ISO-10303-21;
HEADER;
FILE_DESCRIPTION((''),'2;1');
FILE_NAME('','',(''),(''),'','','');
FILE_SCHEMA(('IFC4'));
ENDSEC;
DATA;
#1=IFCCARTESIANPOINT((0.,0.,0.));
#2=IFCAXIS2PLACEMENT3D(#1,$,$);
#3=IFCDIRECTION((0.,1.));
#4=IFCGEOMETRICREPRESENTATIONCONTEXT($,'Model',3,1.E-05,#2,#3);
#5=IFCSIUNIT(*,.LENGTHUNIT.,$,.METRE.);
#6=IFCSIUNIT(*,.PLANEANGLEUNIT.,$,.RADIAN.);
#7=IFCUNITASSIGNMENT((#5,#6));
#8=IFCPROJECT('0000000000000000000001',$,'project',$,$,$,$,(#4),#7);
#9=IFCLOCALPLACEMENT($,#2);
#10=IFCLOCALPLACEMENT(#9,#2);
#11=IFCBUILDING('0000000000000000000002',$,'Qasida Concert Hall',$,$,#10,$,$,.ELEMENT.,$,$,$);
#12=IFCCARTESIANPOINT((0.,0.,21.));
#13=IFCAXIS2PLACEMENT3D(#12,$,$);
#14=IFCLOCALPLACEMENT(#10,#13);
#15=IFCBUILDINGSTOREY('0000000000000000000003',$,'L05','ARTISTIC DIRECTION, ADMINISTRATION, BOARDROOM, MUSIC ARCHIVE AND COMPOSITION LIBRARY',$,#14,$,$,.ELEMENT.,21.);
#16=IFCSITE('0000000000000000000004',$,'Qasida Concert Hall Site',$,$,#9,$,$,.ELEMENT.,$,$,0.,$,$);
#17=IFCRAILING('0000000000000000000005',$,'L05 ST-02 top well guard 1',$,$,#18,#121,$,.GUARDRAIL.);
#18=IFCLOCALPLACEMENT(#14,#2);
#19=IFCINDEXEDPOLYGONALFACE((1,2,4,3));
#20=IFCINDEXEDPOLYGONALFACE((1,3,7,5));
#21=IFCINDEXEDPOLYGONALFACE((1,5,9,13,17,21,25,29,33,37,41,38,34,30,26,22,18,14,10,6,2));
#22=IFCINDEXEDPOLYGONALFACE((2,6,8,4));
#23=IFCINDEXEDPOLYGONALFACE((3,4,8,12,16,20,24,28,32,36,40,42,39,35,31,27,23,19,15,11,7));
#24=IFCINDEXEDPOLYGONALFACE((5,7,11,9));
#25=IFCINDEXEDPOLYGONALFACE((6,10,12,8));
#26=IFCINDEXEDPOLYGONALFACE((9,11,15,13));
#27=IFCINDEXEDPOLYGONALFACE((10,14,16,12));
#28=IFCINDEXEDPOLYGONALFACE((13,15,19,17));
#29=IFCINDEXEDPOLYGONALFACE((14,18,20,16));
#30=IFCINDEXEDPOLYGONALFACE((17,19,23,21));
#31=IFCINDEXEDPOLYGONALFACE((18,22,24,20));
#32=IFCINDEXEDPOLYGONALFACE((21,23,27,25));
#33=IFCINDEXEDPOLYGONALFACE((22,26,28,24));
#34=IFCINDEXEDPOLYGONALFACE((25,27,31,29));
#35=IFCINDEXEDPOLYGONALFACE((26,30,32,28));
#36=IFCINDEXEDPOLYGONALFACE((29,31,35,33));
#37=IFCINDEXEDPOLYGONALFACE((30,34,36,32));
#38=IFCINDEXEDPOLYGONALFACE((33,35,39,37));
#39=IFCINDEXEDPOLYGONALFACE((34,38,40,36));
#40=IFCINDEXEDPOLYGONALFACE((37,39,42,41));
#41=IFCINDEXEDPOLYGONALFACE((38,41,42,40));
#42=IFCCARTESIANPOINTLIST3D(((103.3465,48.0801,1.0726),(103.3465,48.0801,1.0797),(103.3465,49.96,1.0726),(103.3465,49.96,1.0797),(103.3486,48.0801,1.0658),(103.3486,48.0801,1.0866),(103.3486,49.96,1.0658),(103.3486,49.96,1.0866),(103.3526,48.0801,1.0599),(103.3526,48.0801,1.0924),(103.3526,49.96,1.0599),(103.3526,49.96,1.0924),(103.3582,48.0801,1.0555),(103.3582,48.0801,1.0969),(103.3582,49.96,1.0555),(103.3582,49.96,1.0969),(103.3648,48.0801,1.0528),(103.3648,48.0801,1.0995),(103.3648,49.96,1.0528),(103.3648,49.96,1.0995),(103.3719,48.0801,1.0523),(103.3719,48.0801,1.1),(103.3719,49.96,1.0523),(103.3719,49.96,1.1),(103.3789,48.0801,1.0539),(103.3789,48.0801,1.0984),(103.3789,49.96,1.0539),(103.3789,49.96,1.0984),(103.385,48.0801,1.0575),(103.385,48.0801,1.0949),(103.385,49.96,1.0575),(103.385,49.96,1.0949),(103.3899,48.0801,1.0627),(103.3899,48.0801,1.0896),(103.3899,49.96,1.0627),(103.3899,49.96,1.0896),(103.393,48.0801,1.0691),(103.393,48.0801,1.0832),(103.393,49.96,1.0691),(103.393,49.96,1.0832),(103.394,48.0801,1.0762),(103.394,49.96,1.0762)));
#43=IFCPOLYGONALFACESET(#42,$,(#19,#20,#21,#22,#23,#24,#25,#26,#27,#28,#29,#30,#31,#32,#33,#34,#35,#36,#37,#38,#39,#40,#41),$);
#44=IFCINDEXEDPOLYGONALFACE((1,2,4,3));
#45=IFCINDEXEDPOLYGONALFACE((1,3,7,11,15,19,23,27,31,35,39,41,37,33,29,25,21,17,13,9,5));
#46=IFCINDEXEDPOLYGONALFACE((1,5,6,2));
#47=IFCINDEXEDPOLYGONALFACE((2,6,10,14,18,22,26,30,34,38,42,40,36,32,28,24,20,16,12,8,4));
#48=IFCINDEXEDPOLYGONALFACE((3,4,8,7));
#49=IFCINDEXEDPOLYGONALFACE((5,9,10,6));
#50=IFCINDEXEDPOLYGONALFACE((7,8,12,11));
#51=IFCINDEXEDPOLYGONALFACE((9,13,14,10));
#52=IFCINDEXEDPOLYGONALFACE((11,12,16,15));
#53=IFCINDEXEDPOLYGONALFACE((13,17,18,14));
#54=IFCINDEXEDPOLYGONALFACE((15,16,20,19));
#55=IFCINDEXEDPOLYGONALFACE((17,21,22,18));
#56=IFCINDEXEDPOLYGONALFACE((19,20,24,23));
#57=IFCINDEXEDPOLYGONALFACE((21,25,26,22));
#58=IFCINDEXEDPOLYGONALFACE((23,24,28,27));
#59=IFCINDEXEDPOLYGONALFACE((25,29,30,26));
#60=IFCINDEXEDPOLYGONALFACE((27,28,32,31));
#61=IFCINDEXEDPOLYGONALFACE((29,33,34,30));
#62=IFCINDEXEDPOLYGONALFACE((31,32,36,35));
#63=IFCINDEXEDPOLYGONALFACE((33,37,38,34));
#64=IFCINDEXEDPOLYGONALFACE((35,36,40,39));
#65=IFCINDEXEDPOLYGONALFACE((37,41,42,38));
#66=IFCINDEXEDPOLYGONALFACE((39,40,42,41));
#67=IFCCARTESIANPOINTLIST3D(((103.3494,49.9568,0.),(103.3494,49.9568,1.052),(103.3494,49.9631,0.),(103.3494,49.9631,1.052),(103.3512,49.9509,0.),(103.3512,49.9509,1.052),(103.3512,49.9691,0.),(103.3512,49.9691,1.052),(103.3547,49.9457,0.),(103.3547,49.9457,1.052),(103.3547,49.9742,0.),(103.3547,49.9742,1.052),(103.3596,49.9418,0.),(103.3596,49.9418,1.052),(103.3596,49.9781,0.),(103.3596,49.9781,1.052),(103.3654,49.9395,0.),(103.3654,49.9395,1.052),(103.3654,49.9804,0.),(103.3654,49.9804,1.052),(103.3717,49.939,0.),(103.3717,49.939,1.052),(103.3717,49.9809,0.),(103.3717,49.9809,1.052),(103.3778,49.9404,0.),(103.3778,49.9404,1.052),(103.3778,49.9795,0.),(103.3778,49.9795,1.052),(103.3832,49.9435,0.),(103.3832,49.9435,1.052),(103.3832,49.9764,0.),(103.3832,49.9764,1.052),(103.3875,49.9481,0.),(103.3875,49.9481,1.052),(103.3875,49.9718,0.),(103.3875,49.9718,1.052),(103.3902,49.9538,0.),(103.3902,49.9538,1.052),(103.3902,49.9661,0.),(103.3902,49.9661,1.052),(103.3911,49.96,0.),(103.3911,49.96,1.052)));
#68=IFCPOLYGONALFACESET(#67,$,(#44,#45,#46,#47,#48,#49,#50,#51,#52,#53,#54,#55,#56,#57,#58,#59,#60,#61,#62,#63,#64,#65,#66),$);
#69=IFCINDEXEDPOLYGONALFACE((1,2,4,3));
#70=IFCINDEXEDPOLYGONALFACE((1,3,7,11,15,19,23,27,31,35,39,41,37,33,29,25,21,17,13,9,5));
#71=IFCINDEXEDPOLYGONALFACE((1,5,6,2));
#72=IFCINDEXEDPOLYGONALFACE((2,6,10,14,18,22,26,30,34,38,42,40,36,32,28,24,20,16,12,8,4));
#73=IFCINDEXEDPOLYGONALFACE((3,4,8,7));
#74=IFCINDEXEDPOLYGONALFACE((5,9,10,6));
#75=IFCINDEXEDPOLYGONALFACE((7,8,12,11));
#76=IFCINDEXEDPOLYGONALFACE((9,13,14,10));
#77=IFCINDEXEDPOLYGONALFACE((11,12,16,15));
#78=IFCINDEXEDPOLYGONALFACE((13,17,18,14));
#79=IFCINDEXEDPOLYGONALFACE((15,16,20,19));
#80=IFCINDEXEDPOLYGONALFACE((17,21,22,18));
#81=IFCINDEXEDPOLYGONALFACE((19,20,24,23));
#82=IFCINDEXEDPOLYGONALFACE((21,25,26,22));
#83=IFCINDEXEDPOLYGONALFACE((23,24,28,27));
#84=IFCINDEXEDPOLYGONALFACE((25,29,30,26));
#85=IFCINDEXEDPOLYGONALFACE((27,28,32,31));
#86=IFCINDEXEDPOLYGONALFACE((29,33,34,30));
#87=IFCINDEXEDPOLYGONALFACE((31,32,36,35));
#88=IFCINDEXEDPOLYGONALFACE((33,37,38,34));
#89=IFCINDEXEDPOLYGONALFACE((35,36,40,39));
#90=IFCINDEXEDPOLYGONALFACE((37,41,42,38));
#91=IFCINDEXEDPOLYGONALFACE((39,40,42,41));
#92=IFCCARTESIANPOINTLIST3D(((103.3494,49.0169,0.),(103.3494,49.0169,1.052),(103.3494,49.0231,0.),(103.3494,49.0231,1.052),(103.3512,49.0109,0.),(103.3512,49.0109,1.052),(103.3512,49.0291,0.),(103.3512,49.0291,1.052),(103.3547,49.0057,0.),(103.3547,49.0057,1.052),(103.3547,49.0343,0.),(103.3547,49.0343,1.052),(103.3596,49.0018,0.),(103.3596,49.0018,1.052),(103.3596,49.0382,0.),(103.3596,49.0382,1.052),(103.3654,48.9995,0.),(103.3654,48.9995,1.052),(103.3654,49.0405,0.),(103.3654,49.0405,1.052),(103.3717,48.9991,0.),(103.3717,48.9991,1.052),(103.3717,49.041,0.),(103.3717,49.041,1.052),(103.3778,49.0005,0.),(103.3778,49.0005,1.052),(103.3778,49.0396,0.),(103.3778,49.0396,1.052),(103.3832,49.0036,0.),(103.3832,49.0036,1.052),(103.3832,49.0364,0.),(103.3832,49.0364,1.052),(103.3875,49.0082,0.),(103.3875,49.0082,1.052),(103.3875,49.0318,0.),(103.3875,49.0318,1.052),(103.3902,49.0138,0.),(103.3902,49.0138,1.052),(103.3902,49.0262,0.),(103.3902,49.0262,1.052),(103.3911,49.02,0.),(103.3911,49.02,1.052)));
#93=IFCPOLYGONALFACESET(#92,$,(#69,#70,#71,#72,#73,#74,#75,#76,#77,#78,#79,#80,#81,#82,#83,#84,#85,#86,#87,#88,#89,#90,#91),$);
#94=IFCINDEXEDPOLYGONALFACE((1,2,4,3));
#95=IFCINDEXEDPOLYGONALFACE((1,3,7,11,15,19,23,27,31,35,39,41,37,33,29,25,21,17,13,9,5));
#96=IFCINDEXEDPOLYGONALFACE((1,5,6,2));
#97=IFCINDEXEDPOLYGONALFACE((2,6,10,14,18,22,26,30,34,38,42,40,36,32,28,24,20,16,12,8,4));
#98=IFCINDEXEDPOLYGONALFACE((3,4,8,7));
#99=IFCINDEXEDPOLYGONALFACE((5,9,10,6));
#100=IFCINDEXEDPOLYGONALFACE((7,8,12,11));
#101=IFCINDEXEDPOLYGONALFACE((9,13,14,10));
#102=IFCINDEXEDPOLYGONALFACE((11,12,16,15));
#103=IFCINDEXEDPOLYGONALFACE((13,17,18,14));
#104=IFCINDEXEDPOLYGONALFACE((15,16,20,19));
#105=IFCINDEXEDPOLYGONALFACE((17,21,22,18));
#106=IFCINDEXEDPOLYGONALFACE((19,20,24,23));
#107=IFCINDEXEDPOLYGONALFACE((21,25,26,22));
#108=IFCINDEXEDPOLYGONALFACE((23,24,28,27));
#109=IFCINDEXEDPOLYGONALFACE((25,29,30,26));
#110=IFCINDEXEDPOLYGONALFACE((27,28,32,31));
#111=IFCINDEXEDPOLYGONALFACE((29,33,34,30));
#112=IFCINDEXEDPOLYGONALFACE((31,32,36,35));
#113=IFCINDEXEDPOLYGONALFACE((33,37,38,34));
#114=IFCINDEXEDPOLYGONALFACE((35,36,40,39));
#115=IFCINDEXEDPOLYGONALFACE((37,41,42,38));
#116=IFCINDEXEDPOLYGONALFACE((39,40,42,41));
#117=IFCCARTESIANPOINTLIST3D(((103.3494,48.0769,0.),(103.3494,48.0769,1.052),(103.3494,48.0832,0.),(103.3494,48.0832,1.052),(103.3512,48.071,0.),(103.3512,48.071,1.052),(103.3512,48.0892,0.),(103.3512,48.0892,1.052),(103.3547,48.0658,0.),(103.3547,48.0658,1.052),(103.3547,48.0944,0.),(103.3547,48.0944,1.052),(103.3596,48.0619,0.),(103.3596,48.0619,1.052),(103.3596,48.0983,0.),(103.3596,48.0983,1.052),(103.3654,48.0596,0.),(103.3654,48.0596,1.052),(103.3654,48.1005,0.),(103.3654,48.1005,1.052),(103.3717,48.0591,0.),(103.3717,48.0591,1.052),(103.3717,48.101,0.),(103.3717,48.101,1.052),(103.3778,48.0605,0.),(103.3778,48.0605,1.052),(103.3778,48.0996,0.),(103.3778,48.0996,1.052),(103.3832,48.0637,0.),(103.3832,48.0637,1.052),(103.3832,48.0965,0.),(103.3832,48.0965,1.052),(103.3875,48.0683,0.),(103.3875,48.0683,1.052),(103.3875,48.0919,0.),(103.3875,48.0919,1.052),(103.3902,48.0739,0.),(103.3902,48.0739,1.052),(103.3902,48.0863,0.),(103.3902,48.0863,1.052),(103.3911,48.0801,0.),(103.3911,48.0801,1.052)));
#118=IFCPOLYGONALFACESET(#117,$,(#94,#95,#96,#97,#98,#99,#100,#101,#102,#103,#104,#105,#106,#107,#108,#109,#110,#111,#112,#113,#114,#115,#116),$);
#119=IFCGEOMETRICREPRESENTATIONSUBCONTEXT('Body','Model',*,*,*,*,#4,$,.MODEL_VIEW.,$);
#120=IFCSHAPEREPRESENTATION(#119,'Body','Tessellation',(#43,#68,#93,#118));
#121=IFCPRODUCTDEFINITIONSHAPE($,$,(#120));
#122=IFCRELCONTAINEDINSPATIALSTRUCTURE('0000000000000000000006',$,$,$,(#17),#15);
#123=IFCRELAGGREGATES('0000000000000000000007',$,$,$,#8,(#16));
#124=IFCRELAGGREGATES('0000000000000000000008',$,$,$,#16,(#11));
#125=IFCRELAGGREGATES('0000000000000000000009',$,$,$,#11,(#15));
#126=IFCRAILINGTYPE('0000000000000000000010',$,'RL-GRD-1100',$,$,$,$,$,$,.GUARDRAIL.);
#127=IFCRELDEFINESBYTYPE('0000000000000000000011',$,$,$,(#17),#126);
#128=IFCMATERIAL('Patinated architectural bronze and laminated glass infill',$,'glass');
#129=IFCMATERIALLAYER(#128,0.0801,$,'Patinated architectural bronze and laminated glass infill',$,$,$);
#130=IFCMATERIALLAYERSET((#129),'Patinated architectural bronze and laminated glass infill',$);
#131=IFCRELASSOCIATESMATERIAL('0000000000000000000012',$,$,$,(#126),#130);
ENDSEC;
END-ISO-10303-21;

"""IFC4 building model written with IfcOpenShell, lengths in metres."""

from ifc_helpers import new_model, si_unit, direction, frame, origin, origin_2d, place, context, subcontext, project, spatial, circle, extrude, material, layer, layer_set, type_object, element, save


model = new_model("IFC4")

# Units and contexts
model_context = context("Model", 3, precision=1e-05, world=origin(), true_north=direction((0.0, 1.0)))
body_context = subcontext(model_context, "Body", "Model", "MODEL_VIEW")
ifc_project = project(units=[si_unit("LENGTHUNIT", "METRE"), si_unit("PLANEANGLEUNIT", "RADIAN")], contexts=[model_context])

# Site, building, storey
site_placement = place(None, origin())
site = spatial("IfcSite", under=ifc_project, at=site_placement, Name="Qasida Concert Hall Site", CompositionType="ELEMENT", RefElevation=0.0)
building_placement = place(site_placement, origin())
building = spatial("IfcBuilding", under=site, at=building_placement, Name="Qasida Concert Hall", CompositionType="ELEMENT")
storey_placement = place(building_placement, frame((0.0, 0.0, 21.0)))
storey = spatial("IfcBuildingStorey", under=building, at=storey_placement, Name="L05", Description="ARTISTIC DIRECTION, ADMINISTRATION, BOARDROOM, MUSIC ARCHIVE AND COMPOSITION LIBRARY", CompositionType="ELEMENT", Elevation=21.0)

# Railing
ifc_material_1 = material(Name="Patinated architectural bronze and laminated glass infill", Category="glass")
ifc_layer_1 = layer(ifc_material_1, 0.0801, Name="Patinated architectural bronze and laminated glass infill")
ifc_layer_set_1 = layer_set([ifc_layer_1], Name="Patinated architectural bronze and laminated glass infill")
railing_type = type_object("IfcRailingType", Name="RL-GRD-1100", PredefinedType="GUARDRAIL", material=ifc_layer_set_1)
railing_placement = place(storey_placement, frame((103.3701, 49.96, 0.0)))
element("IfcRailing", 1, at=railing_placement, inside=storey, type_object=railing_type, Name="L05 ST-02 top well guard 1", PredefinedType="GUARDRAIL", context=body_context, shape_type="SweptSolid", body=[
    extrude(circle(Radius=0.0239, at=origin_2d()), frame((0.0, 0.0, 1.0762), z_axis=(0.0, -1.0, 0.0), x_axis=(1.0, 0.0, 0.0)), (0.0, 0.0, 1.0), 1.8799),
    extrude(circle(Radius=0.021, at=origin_2d()), origin(), (0.0, 0.0, 1.0), 1.052),
    extrude(circle(Radius=0.021, at=origin_2d()), frame((0.0, -0.9399, 0.0)), (0.0, 0.0, 1.0), 1.052),
    extrude(circle(Radius=0.021, at=origin_2d()), frame((0.0, -1.8799, 0.0)), (0.0, 0.0, 1.0), 1.052),
])

save(model, "model.ifc")
